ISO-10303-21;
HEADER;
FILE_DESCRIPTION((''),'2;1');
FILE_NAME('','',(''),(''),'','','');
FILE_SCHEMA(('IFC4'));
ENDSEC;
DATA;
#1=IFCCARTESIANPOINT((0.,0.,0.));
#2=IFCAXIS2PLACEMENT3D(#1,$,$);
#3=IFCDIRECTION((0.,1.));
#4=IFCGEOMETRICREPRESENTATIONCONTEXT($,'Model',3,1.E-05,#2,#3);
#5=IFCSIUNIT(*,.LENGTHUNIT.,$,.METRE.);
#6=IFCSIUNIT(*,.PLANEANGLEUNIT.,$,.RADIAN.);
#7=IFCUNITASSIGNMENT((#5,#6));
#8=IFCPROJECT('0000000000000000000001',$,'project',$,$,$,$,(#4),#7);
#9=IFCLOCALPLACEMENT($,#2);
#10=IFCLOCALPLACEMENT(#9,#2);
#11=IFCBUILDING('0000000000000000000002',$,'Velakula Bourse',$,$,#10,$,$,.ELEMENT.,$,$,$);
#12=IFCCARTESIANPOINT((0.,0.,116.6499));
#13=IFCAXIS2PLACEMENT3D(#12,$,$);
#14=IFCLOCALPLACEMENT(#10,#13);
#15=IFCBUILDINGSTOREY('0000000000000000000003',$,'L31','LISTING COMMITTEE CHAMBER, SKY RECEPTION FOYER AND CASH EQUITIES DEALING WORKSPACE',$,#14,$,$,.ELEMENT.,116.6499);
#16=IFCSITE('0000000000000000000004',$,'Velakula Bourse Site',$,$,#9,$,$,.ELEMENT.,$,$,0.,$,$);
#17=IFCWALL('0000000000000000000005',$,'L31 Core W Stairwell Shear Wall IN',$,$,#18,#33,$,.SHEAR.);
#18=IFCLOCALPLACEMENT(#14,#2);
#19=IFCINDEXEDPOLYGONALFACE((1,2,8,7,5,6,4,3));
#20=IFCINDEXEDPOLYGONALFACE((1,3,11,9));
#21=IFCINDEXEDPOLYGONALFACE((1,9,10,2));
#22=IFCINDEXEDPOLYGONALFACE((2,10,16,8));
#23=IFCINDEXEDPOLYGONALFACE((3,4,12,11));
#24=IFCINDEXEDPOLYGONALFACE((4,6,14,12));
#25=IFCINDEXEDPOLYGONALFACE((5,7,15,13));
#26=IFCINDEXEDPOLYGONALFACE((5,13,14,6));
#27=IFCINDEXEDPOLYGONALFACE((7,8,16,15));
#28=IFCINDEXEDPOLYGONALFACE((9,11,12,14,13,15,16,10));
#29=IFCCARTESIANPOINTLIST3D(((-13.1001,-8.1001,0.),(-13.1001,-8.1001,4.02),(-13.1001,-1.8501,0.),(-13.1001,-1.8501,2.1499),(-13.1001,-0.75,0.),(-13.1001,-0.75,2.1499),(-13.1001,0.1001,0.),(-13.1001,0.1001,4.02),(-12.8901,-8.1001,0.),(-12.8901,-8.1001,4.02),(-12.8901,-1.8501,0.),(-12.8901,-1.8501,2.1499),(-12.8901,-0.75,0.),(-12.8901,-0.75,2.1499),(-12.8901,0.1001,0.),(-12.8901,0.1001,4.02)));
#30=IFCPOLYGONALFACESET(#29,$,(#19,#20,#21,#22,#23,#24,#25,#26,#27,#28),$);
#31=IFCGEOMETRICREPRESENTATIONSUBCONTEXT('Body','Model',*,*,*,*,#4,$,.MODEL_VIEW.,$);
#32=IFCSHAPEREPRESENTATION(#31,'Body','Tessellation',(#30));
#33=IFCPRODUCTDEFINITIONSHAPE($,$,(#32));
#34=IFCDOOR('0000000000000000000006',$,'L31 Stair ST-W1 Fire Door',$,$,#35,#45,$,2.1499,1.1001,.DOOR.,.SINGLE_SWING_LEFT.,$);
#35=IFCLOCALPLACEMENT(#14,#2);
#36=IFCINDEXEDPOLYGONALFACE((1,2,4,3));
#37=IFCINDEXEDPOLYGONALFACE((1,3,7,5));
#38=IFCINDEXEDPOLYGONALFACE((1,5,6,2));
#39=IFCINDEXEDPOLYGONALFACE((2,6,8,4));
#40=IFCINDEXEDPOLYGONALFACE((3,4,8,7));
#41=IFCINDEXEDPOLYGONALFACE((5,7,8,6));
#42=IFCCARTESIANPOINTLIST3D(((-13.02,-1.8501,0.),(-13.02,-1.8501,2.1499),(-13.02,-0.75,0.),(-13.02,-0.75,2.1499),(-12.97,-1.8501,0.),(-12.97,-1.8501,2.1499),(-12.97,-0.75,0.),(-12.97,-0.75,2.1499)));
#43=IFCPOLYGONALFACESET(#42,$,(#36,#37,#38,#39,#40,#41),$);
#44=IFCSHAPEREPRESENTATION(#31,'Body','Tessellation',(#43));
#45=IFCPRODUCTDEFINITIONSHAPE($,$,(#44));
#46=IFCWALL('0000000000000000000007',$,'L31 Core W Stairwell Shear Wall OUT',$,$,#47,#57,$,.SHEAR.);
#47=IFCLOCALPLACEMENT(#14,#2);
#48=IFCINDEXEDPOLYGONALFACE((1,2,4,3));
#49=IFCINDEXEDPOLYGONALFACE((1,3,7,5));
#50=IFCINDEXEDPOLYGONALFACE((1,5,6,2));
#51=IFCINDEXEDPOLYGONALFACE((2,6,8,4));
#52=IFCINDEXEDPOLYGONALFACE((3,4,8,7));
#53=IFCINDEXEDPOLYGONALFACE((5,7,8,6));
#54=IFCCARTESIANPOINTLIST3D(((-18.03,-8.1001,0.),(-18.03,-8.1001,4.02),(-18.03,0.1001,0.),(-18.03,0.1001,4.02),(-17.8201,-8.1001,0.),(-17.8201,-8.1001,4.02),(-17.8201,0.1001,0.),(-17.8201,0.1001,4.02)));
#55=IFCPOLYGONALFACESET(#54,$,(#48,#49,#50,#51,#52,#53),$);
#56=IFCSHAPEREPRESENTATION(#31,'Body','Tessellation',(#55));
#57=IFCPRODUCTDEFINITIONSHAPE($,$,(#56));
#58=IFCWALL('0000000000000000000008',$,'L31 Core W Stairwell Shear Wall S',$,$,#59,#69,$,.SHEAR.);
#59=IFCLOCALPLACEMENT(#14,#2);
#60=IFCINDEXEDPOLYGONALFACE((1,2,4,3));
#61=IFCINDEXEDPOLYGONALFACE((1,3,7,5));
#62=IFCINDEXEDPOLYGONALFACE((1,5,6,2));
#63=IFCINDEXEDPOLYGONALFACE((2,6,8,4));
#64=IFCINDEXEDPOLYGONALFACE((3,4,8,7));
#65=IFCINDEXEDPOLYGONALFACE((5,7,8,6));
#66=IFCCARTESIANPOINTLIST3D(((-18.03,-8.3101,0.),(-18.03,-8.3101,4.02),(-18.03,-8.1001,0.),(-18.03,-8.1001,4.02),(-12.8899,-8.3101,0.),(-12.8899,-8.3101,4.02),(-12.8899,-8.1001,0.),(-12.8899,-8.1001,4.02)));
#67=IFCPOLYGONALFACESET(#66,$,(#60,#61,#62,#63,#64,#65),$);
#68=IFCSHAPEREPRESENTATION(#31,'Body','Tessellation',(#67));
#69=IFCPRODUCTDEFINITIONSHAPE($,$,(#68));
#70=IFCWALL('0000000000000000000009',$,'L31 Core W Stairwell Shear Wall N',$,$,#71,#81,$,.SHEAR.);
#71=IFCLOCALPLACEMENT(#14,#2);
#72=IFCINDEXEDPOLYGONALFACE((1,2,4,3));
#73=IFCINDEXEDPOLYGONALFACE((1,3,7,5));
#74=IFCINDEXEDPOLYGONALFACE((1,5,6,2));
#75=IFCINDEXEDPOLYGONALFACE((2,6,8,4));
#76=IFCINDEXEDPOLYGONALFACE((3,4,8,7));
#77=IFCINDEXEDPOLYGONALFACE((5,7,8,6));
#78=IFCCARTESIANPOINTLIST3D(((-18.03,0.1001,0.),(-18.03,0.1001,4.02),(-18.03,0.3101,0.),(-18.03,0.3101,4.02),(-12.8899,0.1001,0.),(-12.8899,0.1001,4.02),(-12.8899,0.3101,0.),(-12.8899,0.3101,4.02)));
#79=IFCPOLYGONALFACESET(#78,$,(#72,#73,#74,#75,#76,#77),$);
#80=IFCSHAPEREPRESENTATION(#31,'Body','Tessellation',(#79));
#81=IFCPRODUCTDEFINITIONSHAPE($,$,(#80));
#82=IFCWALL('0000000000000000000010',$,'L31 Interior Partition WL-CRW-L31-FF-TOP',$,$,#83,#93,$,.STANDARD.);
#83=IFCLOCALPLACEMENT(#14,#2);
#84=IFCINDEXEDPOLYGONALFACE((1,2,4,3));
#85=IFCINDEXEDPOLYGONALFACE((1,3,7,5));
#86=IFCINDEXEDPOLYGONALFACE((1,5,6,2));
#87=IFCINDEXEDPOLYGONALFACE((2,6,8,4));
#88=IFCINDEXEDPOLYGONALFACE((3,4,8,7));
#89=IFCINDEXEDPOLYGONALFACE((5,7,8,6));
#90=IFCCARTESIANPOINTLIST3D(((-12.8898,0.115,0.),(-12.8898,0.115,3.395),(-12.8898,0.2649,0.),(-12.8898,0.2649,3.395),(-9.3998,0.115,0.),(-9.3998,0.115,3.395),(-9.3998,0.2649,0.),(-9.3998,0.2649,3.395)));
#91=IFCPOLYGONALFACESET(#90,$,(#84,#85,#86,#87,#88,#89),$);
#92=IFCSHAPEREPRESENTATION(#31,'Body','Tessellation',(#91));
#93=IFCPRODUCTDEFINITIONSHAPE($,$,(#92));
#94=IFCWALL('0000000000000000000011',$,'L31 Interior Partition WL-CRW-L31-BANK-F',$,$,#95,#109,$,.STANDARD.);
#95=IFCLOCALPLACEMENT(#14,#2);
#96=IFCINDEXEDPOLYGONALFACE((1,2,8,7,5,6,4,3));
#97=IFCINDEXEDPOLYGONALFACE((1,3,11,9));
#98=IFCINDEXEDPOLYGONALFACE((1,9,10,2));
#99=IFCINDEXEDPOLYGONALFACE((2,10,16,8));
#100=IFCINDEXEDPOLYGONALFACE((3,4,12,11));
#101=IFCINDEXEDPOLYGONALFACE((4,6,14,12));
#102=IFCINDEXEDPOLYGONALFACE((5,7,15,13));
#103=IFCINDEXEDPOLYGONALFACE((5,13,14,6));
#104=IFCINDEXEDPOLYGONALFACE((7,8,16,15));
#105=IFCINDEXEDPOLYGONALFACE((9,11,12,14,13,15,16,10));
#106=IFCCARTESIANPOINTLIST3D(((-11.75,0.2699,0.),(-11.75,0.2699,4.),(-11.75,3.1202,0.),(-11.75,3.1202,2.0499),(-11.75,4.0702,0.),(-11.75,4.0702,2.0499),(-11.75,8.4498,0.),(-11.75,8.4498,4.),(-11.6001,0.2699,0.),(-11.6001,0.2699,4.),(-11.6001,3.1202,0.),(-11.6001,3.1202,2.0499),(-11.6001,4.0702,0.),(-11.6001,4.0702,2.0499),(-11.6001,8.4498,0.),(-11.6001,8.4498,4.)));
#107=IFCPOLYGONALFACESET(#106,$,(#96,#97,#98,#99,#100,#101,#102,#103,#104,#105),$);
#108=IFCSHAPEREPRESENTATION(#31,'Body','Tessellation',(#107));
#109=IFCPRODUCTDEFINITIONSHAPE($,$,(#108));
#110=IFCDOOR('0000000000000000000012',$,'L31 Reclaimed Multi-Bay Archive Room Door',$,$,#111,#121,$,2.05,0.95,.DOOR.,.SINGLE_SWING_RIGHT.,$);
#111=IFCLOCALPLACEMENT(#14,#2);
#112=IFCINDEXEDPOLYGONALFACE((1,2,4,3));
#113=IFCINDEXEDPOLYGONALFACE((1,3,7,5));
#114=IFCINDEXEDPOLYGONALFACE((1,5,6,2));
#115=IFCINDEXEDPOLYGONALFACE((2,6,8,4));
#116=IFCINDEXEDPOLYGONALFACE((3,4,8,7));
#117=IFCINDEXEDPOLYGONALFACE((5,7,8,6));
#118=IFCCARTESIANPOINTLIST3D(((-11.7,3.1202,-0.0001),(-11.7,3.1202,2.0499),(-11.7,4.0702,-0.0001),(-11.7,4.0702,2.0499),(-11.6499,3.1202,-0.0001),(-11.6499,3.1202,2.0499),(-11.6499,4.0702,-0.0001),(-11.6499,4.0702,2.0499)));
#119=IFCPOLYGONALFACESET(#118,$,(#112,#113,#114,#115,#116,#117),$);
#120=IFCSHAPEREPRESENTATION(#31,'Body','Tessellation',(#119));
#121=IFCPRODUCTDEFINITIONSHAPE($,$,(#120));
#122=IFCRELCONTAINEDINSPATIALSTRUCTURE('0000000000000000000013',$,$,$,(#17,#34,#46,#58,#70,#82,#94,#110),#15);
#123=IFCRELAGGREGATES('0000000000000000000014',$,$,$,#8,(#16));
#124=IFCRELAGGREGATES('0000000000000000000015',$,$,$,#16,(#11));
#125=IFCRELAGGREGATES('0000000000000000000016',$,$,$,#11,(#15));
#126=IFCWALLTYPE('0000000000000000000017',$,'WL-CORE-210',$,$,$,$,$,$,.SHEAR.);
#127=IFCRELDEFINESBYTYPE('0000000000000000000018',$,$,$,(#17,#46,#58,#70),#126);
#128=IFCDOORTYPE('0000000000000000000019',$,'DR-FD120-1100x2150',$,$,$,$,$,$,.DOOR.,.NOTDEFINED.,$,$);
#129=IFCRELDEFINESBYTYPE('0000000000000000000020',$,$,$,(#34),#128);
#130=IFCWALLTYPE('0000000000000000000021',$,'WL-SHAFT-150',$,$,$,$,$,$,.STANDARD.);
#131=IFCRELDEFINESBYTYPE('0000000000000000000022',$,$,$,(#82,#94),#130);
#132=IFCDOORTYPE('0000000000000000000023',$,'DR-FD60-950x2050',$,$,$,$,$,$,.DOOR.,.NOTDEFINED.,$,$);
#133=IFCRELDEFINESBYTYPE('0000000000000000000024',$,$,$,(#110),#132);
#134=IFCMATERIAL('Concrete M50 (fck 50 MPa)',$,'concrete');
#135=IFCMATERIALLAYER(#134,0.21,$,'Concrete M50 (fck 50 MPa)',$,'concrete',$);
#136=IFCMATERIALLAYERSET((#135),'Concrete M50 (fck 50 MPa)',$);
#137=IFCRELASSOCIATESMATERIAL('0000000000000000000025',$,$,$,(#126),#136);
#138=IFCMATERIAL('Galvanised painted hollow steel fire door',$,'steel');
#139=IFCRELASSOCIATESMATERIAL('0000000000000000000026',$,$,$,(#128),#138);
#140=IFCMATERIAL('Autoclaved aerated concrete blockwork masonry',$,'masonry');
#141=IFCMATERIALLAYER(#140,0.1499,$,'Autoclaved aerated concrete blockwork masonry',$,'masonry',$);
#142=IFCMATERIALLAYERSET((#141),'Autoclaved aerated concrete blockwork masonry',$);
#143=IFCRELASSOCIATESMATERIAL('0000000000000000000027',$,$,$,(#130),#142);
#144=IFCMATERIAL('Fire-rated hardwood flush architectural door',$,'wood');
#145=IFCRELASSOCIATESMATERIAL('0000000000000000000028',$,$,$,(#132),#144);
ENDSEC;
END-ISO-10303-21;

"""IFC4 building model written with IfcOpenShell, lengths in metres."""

from ifc_helpers import new_model, si_unit, direction, frame, frame_2d, origin, place, context, subcontext, project, spatial, rectangle, extrude, material, layer, layer_set, type_object, element, fill, save


model = new_model("IFC4")

# Units and contexts
model_context = context("Model", 3, precision=1e-05, world=origin(), true_north=direction((0.0, 1.0)))
body_context = subcontext(model_context, "Body", "Model", "MODEL_VIEW")
ifc_project = project(units=[si_unit("LENGTHUNIT", "METRE"), si_unit("PLANEANGLEUNIT", "RADIAN")], contexts=[model_context])

# Site, building, storey
site_placement = place(None, origin())
site = spatial("IfcSite", under=ifc_project, at=site_placement, Name="Velakula Bourse Site", CompositionType="ELEMENT", RefElevation=0.0)
building_placement = place(site_placement, origin())
building = spatial("IfcBuilding", under=site, at=building_placement, Name="Velakula Bourse", CompositionType="ELEMENT")
storey_placement = place(building_placement, frame((0.0, 0.0, 116.6499)))
storey = spatial("IfcBuildingStorey", under=building, at=storey_placement, Name="L31", Description="LISTING COMMITTEE CHAMBER, SKY RECEPTION FOYER AND CASH EQUITIES DEALING WORKSPACE", CompositionType="ELEMENT", Elevation=116.6499)

# Wall, opening, door
ifc_material_1 = material(Name="Concrete M50 (fck 50 MPa)", Category="concrete")
ifc_layer_1 = layer(ifc_material_1, 0.21, Name="Concrete M50 (fck 50 MPa)", Category="concrete")
ifc_layer_set_1 = layer_set([ifc_layer_1], Name="Concrete M50 (fck 50 MPa)")
wall_type_1 = type_object("IfcWallType", Name="WL-CORE-210", PredefinedType="SHEAR", material=ifc_layer_set_1)
wall_1_placement = place(storey_placement, frame((-12.9951, -8.1001, 0.0), z_axis=(0.0, 0.0, 1.0), x_axis=(0.0, 1.0, 0.0)))
wall_1 = element("IfcWall", 1, at=wall_1_placement, inside=storey, type_object=wall_type_1, Name="L31 Core W Stairwell Shear Wall IN", PredefinedType="SHEAR", context=body_context, shape_type="SweptSolid", body=[
    extrude(rectangle(XDim=8.2002, YDim=0.21, at=frame_2d((4.1001, 0.0))), origin(), (0.0, 0.0, 1.0), 4.02),
])
opening_1_placement = place(wall_1_placement, frame((6.25, 0.0, 0.0)))
opening_1 = element("IfcOpeningElement", 2, at=opening_1_placement, cuts=wall_1, PredefinedType="OPENING", context=body_context, shape_type="SweptSolid", body=[
    extrude(rectangle(XDim=1.1001, YDim=2.1499, at=frame_2d((0.55, 1.075))), frame((0.0, 0.115, 0.0), z_axis=(0.0, -1.0, 0.0), x_axis=(1.0, 0.0, 0.0)), (0.0, 0.0, 1.0), 0.23),
])
ifc_material_2 = material(Name="Galvanised painted hollow steel fire door", Category="steel")
door_type_1 = type_object("IfcDoorType", Name="DR-FD120-1100x2150", OperationType="NOTDEFINED", PredefinedType="DOOR", material=ifc_material_2)
door_1_placement = place(opening_1_placement, origin())
door_1 = element("IfcDoor", 3, at=door_1_placement, inside=storey, type_object=door_type_1, Name="L31 Stair ST-W1 Fire Door", OperationType="SINGLE_SWING_LEFT", OverallHeight=2.1499, OverallWidth=1.1001, PredefinedType="DOOR", context=body_context, shape_type="SweptSolid", body=[
    extrude(rectangle(XDim=1.1001, YDim=2.1499, at=frame_2d((0.55, 1.075))), frame((0.0, 0.0249, 0.0), z_axis=(0.0, -1.0, 0.0), x_axis=(1.0, 0.0, 0.0)), (0.0, 0.0, 1.0), 0.05),
])
fill(opening_1, door_1)

# Walls
wall_2_placement = place(storey_placement, frame((-17.925, -8.1001, 0.0), z_axis=(0.0, 0.0, 1.0), x_axis=(0.0, 1.0, 0.0)))
element("IfcWall", 4, at=wall_2_placement, inside=storey, type_object=wall_type_1, Name="L31 Core W Stairwell Shear Wall OUT", PredefinedType="SHEAR", context=body_context, shape_type="SweptSolid", body=[
    extrude(rectangle(XDim=8.2002, YDim=0.21, at=frame_2d((4.1001, 0.0))), origin(), (0.0, 0.0, 1.0), 4.02),
])
for number, where, z_axis, x_axis, name in (
    (5, (-18.03, -8.2051, 0.0), (0.0, 0.0, 1.0), (1.0, 0.0, 0.0), "L31 Core W Stairwell Shear Wall S"),
    (6, (-12.8899, 0.2051, 0.0), (0.0, 0.0, 1.0), (-1.0, 0.0, 0.0), "L31 Core W Stairwell Shear Wall N"),
):
    element("IfcWall", number, at=place(storey_placement, frame(where, z_axis=z_axis, x_axis=x_axis)), inside=storey, type_object=wall_type_1, Name=name, PredefinedType="SHEAR", context=body_context, shape_type="SweptSolid", body=[
        extrude(rectangle(XDim=5.1401, YDim=0.21, at=frame_2d((2.5701, 0.0))), origin(), (0.0, 0.0, 1.0), 4.02),
    ])

# Shared definitions
ifc_material_3 = material(Name="Autoclaved aerated concrete blockwork masonry", Category="masonry")
ifc_layer_2 = layer(ifc_material_3, 0.1499, Name="Autoclaved aerated concrete blockwork masonry", Category="masonry")
ifc_layer_set_2 = layer_set([ifc_layer_2], Name="Autoclaved aerated concrete blockwork masonry")
wall_type_2 = type_object("IfcWallType", Name="WL-SHAFT-150", PredefinedType="STANDARD", material=ifc_layer_set_2)

# Wall
wall_3_placement = place(storey_placement, frame((-12.8899, 0.1899, 0.0), z_axis=(0.0, 0.0, 1.0), x_axis=(1.0, 0.0, 0.0)))
element("IfcWall", 7, at=wall_3_placement, inside=storey, type_object=wall_type_2, Name="L31 Interior Partition WL-CRW-L31-FF-TOP", PredefinedType="STANDARD", context=body_context, shape_type="SweptSolid", body=[
    extrude(rectangle(XDim=3.49, YDim=0.1499, at=frame_2d((1.7451, 0.0))), origin(), (0.0, 0.0, 1.0), 3.395),
])

# Wall, opening, door
wall_4_placement = place(storey_placement, frame((-11.675, 0.27, 0.0), z_axis=(0.0, 0.0, 1.0), x_axis=(0.0, 1.0, 0.0)))
wall_4 = element("IfcWall", 8, at=wall_4_placement, inside=storey, type_object=wall_type_2, Name="L31 Interior Partition WL-CRW-L31-BANK-F", PredefinedType="STANDARD", context=body_context, shape_type="SweptSolid", body=[
    extrude(rectangle(XDim=8.1799, YDim=0.1499, at=frame_2d((4.0898, 0.0))), origin(), (0.0, 0.0, 1.0), 4.0),
])
opening_2_placement = place(wall_4_placement, frame((2.8501, 0.0, 0.0)))
opening_2 = element("IfcOpeningElement", 9, at=opening_2_placement, cuts=wall_4, PredefinedType="OPENING", context=body_context, shape_type="SweptSolid", body=[
    extrude(rectangle(XDim=0.95, YDim=2.05, at=frame_2d((0.4751, 1.0249))), frame((0.0, 0.085, 0.0), z_axis=(0.0, -1.0, 0.0), x_axis=(1.0, 0.0, 0.0)), (0.0, 0.0, 1.0), 0.1699),
])
ifc_material_4 = material(Name="Fire-rated hardwood flush architectural door", Category="wood")
door_type_2 = type_object("IfcDoorType", Name="DR-FD60-950x2050", OperationType="NOTDEFINED", PredefinedType="DOOR", material=ifc_material_4)
door_2_placement = place(opening_2_placement, origin())
door_2 = element("IfcDoor", 10, at=door_2_placement, inside=storey, type_object=door_type_2, Name="L31 Reclaimed Multi-Bay Archive Room Door", OperationType="SINGLE_SWING_RIGHT", OverallHeight=2.05, OverallWidth=0.95, PredefinedType="DOOR", context=body_context, shape_type="SweptSolid", body=[
    extrude(rectangle(XDim=0.95, YDim=2.05, at=frame_2d((0.4751, 1.0249))), frame((0.0, 0.0249, 0.0), z_axis=(0.0, -1.0, 0.0), x_axis=(1.0, 0.0, 0.0)), (0.0, 0.0, 1.0), 0.05),
])
fill(opening_2, door_2)

save(model, "model.ifc")
